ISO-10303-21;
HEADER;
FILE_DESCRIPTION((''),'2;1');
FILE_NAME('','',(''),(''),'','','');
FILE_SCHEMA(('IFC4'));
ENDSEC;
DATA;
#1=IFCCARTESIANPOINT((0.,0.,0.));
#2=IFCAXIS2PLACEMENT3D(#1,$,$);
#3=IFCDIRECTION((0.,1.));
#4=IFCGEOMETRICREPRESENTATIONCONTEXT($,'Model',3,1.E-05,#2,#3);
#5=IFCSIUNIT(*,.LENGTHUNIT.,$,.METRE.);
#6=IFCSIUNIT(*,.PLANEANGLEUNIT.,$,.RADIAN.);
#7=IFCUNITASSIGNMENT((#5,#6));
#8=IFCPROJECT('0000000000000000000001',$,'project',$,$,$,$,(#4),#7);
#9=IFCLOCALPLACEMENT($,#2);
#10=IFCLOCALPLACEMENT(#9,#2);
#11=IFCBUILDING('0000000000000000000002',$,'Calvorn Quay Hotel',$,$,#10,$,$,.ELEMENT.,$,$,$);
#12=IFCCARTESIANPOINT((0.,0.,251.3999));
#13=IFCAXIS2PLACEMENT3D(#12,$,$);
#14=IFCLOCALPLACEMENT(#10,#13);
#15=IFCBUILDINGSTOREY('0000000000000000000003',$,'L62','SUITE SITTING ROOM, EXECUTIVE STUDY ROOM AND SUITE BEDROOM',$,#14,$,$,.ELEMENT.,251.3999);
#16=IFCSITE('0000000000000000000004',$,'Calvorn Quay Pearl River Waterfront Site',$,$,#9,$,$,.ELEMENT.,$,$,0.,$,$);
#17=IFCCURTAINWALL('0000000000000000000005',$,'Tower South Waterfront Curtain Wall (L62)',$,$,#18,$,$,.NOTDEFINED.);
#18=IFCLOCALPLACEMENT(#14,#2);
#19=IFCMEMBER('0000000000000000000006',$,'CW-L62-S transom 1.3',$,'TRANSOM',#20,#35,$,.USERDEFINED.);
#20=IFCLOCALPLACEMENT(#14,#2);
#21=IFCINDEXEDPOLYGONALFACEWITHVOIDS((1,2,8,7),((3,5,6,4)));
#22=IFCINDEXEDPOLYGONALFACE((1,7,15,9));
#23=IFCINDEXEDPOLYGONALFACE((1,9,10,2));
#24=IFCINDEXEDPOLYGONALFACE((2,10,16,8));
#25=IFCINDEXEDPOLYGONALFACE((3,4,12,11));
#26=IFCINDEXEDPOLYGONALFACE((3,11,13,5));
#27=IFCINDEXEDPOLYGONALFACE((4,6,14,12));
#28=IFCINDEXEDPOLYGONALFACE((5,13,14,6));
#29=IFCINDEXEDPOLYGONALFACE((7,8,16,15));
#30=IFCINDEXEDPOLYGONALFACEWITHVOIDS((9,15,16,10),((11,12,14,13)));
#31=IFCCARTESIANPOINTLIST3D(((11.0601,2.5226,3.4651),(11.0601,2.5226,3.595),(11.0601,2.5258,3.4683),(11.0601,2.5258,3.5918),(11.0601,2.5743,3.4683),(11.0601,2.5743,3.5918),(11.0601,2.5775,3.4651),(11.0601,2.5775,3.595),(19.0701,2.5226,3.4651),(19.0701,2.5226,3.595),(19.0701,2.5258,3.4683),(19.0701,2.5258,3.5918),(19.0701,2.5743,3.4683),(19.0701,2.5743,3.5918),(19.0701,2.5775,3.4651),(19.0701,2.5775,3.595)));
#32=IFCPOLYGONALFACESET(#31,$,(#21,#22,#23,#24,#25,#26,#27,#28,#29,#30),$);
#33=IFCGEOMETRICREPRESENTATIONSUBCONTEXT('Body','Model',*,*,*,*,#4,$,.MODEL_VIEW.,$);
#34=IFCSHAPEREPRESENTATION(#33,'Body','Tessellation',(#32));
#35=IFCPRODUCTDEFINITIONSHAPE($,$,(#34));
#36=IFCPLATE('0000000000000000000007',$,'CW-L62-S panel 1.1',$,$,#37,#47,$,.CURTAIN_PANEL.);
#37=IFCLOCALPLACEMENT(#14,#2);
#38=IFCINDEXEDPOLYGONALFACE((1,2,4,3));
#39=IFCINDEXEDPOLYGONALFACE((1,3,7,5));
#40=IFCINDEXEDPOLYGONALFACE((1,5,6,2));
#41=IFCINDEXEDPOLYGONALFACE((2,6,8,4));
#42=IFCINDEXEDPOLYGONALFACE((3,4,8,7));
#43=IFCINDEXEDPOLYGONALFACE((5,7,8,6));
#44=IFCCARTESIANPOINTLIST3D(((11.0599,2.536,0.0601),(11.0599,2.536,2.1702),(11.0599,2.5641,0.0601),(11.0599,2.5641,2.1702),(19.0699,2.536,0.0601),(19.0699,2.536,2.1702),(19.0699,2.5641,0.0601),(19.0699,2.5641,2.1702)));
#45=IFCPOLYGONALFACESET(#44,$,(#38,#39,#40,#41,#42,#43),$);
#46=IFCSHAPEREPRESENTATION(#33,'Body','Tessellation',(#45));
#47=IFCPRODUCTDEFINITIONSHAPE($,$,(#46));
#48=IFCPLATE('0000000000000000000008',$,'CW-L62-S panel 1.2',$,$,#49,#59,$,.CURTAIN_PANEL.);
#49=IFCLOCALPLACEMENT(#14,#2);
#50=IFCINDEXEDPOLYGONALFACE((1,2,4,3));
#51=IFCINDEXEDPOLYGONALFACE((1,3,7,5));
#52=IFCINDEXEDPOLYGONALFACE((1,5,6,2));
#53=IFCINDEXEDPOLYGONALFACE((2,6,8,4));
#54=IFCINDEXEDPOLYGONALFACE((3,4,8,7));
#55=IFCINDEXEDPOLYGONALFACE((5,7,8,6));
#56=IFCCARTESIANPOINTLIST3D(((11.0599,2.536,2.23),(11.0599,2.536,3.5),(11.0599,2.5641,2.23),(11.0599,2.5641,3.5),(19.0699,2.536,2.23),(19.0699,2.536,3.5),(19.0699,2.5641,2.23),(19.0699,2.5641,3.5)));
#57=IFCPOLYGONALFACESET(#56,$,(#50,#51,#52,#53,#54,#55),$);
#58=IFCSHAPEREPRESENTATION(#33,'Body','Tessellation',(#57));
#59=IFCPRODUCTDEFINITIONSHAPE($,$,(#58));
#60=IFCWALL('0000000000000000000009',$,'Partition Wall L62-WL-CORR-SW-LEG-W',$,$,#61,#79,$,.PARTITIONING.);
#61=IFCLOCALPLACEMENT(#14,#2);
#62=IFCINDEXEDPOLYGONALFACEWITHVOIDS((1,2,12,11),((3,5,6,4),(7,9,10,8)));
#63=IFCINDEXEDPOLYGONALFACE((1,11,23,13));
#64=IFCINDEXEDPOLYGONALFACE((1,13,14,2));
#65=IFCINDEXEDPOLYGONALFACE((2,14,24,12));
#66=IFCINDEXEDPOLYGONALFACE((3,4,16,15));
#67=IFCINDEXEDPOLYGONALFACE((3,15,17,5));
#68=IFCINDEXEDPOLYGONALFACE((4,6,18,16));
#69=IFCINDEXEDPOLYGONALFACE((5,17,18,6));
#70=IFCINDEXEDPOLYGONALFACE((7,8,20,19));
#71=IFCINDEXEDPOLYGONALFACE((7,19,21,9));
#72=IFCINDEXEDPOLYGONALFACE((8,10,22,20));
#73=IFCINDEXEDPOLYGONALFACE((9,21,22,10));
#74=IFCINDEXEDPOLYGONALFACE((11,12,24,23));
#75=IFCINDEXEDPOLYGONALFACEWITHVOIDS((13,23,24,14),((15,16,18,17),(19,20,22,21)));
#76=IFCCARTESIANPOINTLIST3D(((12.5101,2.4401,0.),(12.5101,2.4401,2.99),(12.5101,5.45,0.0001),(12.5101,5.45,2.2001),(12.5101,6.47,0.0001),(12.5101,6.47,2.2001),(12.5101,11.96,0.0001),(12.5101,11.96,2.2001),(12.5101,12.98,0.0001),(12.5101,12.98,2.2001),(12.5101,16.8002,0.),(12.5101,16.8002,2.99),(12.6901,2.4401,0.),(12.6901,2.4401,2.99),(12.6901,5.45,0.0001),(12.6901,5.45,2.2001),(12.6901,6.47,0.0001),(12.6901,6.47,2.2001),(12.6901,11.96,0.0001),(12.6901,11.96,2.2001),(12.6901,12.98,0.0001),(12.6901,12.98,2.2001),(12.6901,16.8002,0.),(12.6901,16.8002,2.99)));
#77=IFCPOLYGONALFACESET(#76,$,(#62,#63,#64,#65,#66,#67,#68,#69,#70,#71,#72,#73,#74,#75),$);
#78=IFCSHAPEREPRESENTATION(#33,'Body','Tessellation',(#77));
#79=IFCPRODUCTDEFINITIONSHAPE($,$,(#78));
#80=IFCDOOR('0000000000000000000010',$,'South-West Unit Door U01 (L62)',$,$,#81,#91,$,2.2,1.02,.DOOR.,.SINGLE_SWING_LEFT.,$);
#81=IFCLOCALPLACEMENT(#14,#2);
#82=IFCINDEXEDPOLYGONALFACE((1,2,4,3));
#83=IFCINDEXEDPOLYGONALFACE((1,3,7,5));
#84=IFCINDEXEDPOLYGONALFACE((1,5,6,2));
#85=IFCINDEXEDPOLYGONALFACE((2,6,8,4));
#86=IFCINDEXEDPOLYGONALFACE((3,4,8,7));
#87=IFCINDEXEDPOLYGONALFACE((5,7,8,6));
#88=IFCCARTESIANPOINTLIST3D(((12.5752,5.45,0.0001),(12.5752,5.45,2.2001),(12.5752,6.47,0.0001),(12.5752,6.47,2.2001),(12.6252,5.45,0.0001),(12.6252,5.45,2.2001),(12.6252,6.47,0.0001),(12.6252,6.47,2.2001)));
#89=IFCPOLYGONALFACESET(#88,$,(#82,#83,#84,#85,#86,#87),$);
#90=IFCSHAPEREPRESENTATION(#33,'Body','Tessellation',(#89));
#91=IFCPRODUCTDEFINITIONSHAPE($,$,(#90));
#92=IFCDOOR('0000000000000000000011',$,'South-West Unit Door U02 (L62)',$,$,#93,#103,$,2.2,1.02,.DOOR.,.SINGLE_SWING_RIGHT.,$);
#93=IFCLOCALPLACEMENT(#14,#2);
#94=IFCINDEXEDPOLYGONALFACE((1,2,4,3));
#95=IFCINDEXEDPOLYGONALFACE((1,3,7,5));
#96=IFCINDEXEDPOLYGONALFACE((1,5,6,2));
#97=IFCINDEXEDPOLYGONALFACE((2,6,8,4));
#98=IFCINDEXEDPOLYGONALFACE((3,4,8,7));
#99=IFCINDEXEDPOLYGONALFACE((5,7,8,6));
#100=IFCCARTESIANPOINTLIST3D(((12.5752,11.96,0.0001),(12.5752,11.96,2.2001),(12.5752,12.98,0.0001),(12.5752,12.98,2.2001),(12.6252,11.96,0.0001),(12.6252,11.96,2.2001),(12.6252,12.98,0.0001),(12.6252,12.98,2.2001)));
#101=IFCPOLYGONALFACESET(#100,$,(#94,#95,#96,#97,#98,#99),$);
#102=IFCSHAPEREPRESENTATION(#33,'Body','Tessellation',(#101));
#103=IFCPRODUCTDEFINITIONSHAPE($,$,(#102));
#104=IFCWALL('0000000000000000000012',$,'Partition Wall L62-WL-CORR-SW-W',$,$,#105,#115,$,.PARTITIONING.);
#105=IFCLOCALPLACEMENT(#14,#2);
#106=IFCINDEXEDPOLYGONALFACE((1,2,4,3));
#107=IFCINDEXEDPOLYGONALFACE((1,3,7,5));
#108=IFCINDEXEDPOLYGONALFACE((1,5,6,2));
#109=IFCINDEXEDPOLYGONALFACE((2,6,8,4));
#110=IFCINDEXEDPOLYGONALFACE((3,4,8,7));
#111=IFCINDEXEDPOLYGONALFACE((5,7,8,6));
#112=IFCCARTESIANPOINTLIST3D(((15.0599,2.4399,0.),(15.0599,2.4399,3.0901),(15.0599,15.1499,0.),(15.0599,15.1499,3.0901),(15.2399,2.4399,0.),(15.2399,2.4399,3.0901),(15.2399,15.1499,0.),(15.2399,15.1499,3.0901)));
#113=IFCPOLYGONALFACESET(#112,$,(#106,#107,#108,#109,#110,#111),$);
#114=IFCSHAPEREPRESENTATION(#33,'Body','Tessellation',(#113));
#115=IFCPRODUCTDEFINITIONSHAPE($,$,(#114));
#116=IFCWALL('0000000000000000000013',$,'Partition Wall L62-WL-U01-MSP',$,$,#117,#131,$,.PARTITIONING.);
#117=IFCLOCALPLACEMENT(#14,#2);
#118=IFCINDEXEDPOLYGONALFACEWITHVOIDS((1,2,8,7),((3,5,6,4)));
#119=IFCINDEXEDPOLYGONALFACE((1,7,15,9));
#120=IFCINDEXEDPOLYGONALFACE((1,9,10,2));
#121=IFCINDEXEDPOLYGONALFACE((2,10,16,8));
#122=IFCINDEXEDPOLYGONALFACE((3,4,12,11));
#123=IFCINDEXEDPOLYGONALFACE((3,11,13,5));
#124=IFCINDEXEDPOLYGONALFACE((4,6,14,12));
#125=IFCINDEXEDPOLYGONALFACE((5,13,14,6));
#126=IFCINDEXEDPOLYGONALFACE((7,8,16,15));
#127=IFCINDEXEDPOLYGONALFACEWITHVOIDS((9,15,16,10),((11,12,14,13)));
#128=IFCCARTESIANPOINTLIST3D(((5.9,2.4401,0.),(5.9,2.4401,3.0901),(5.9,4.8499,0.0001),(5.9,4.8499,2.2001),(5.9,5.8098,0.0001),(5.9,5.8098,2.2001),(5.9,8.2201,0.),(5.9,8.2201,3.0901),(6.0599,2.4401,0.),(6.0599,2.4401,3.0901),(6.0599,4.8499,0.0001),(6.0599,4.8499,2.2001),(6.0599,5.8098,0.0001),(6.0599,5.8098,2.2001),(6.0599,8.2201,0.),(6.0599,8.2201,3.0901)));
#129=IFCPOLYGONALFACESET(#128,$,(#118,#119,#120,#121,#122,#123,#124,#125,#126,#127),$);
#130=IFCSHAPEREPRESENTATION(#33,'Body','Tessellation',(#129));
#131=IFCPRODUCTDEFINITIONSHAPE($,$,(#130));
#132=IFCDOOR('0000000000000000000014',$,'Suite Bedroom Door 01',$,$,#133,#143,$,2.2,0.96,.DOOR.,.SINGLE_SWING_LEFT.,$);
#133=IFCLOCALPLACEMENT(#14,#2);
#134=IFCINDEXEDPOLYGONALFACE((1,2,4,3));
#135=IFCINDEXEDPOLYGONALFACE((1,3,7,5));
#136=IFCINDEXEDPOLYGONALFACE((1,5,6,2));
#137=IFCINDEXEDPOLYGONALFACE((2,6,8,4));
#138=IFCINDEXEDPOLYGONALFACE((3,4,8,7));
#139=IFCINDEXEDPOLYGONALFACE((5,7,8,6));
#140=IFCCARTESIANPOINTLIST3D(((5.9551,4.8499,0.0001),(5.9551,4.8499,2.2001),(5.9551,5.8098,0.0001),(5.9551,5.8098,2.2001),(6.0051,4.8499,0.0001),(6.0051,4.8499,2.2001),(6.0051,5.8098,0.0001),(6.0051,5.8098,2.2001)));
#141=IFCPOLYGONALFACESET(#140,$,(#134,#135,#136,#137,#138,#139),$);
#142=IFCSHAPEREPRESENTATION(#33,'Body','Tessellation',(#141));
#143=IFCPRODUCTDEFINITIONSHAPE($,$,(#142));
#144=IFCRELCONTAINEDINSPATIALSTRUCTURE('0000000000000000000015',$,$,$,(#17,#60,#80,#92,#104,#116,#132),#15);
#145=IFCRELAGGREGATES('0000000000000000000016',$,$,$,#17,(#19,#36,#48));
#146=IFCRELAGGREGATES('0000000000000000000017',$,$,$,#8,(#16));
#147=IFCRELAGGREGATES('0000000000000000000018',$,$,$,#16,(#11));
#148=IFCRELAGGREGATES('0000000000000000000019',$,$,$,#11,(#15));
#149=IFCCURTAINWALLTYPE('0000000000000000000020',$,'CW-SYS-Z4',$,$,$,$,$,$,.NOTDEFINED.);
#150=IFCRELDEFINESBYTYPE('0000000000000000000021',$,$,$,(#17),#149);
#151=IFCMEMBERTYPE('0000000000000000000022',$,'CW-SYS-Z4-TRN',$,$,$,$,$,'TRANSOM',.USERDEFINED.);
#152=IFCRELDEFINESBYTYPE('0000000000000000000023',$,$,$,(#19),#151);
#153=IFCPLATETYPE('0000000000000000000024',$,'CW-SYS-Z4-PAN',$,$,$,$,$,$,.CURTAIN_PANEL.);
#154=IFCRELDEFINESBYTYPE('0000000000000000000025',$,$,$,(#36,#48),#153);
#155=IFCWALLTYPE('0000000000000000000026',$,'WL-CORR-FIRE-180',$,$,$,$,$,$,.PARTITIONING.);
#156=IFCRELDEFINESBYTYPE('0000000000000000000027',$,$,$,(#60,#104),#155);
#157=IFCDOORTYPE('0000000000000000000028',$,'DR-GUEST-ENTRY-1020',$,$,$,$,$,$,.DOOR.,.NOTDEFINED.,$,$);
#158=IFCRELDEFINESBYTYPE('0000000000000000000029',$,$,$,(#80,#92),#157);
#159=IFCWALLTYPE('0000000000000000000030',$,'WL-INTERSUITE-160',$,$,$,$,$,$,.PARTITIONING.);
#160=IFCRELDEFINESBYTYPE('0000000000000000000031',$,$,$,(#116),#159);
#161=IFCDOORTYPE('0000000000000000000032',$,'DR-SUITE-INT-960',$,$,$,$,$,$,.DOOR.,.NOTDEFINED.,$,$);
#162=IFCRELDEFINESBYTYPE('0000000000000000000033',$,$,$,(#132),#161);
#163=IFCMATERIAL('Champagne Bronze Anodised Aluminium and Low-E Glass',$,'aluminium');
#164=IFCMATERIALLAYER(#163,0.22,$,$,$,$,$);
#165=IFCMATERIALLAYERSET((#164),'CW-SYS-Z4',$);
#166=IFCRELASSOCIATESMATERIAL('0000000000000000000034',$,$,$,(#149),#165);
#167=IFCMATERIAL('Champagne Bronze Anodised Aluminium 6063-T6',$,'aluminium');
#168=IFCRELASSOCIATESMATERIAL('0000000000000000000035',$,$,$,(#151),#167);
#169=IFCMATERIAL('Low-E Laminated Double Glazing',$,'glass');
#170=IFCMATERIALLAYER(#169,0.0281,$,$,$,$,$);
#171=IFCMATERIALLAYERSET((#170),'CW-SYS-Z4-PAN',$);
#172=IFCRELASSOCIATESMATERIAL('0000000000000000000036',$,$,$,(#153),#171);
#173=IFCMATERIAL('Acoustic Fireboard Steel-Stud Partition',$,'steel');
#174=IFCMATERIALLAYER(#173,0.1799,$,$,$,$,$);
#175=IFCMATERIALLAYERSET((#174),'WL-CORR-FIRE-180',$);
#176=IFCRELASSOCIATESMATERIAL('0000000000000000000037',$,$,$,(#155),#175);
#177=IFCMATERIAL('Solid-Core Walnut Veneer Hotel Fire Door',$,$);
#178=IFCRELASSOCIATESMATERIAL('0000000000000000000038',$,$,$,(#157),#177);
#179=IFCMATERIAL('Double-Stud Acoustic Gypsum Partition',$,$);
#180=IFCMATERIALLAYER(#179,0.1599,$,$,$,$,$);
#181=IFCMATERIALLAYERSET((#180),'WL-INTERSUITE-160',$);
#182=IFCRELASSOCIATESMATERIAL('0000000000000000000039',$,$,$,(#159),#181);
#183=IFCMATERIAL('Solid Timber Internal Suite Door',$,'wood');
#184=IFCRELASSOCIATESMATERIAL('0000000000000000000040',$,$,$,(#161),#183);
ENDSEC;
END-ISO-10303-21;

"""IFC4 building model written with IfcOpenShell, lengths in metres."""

from ifc_helpers import new_model, si_unit, direction, frame, frame_2d, origin, origin_2d, place, context, subcontext, project, spatial, rectangle, hollow_rectangle, extrude, material, layer, layer_set, material_profile, profile_set, type_object, element, fill, aggregate, save


model = new_model("IFC4")

# Units and contexts
model_context = context("Model", 3, precision=1e-05, world=origin(), true_north=direction((0.0, 1.0)))
body_context = subcontext(model_context, "Body", "Model", "MODEL_VIEW")
ifc_project = project(units=[si_unit("LENGTHUNIT", "METRE"), si_unit("PLANEANGLEUNIT", "RADIAN")], contexts=[model_context])

# Site, building, storey
site_placement = place(None, origin())
site = spatial("IfcSite", under=ifc_project, at=site_placement, Name="Calvorn Quay Pearl River Waterfront Site", CompositionType="ELEMENT", RefElevation=0.0)
building_placement = place(site_placement, origin())
building = spatial("IfcBuilding", under=site, at=building_placement, Name="Calvorn Quay Hotel", CompositionType="ELEMENT")
storey_placement = place(building_placement, frame((0.0, 0.0, 251.3999)))
storey = spatial("IfcBuildingStorey", under=building, at=storey_placement, Name="L62", Description="SUITE SITTING ROOM, EXECUTIVE STUDY ROOM AND SUITE BEDROOM", CompositionType="ELEMENT", Elevation=251.3999)

# Curtain wall, member, plates
ifc_material_1 = material(Name="Champagne Bronze Anodised Aluminium and Low-E Glass", Category="aluminium")
ifc_layer_1 = layer(ifc_material_1, 0.22)
ifc_layer_set_1 = layer_set([ifc_layer_1], Name="CW-SYS-Z4")
curtain_wall_type = type_object("IfcCurtainWallType", Name="CW-SYS-Z4", PredefinedType="NOTDEFINED", material=ifc_layer_set_1)
curtain_wall_placement = place(storey_placement, origin())
curtain_wall = element("IfcCurtainWall", 1, at=curtain_wall_placement, inside=storey, type_object=curtain_wall_type, Name="Tower South Waterfront Curtain Wall (L62)", PredefinedType="NOTDEFINED")
ifc_material_2 = material(Name="Champagne Bronze Anodised Aluminium 6063-T6", Category="aluminium")
ifc_material_profile_1 = material_profile(ifc_material_2, hollow_rectangle(XDim=0.0549, YDim=0.1299, WallThickness=0.0032, at=origin_2d()), Name="ALU-T130x55x3.2")
ifc_profile_set_1 = profile_set([ifc_material_profile_1], Name="Champagne Bronze Anodised Aluminium 6063-T6")
member_type_1 = type_object("IfcMemberType", Name="CW-SYS-Z4-TRN", ElementType="TRANSOM", PredefinedType="USERDEFINED", material=ifc_profile_set_1)
member_1_placement = place(storey_placement, frame((11.0601, 2.55, 3.53), z_axis=(1.0, 0.0, 0.0), x_axis=(0.0, 1.0, 0.0)))
member_1 = element("IfcMember", 2, at=member_1_placement, type_object=member_type_1, Name="CW-L62-S transom 1.3", ObjectType="TRANSOM", PredefinedType="USERDEFINED", context=body_context, shape_type="SweptSolid", body=[
    extrude(hollow_rectangle(XDim=0.0549, YDim=0.1299, WallThickness=0.0032, at=origin_2d()), origin(), (0.0, 0.0, 1.0), 8.01),
])
ifc_material_3 = material(Name="Low-E Laminated Double Glazing", Category="glass")
ifc_layer_2 = layer(ifc_material_3, 0.0281)
ifc_layer_set_2 = layer_set([ifc_layer_2], Name="CW-SYS-Z4-PAN")
plate_type = type_object("IfcPlateType", Name="CW-SYS-Z4-PAN", PredefinedType="CURTAIN_PANEL", material=ifc_layer_set_2)
plate_1_placement = place(storey_placement, frame((15.0649, 2.55, 0.0601), z_axis=(0.0, 0.0, 1.0), x_axis=(1.0, 0.0, 0.0)))
plate_1 = element("IfcPlate", 3, at=plate_1_placement, type_object=plate_type, Name="CW-L62-S panel 1.1", PredefinedType="CURTAIN_PANEL", context=body_context, shape_type="SweptSolid", body=[
    extrude(rectangle(XDim=8.01, YDim=0.0281, at=origin_2d()), origin(), (0.0, 0.0, 1.0), 2.1101),
])
plate_2_placement = place(storey_placement, frame((15.0649, 2.55, 2.23), z_axis=(0.0, 0.0, 1.0), x_axis=(1.0, 0.0, 0.0)))
plate_2 = element("IfcPlate", 4, at=plate_2_placement, type_object=plate_type, Name="CW-L62-S panel 1.2", PredefinedType="CURTAIN_PANEL", context=body_context, shape_type="SweptSolid", body=[
    extrude(rectangle(XDim=8.01, YDim=0.0281, at=origin_2d()), origin(), (0.0, 0.0, 1.0), 1.27),
])
aggregate(curtain_wall, [member_1, plate_1, plate_2])

# Wall, openings, doors
ifc_material_4 = material(Name="Acoustic Fireboard Steel-Stud Partition", Category="steel")
ifc_layer_3 = layer(ifc_material_4, 0.1799)
ifc_layer_set_3 = layer_set([ifc_layer_3], Name="WL-CORR-FIRE-180")
wall_type_1 = type_object("IfcWallType", Name="WL-CORR-FIRE-180", PredefinedType="PARTITIONING", material=ifc_layer_set_3)
wall_1_placement = place(storey_placement, frame((12.6001, 2.4399, 0.0), z_axis=(0.0, 0.0, 1.0), x_axis=(0.0, 1.0, 0.0)))
wall_1 = element("IfcWall", 5, at=wall_1_placement, inside=storey, type_object=wall_type_1, Name="Partition Wall L62-WL-CORR-SW-LEG-W", PredefinedType="PARTITIONING", context=body_context, shape_type="SweptSolid", body=[
    extrude(rectangle(XDim=14.3601, YDim=0.1799, at=frame_2d((7.1802, 0.0))), origin(), (0.0, 0.0, 1.0), 2.99),
])
opening_1_placement = place(wall_1_placement, frame((3.01, 0.0, 0.0)))
opening_1 = element("IfcOpeningElement", 6, at=opening_1_placement, cuts=wall_1, PredefinedType="OPENING", context=body_context, shape_type="SweptSolid", body=[
    extrude(rectangle(XDim=1.02, YDim=2.2, at=frame_2d((0.51, 1.1001))), frame((0.0, 0.0999, 0.0), z_axis=(0.0, -1.0, 0.0), x_axis=(1.0, 0.0, 0.0)), (0.0, 0.0, 1.0), 0.2),
])
opening_2_placement = place(wall_1_placement, frame((9.52, 0.0, 0.0)))
opening_2 = element("IfcOpeningElement", 7, at=opening_2_placement, cuts=wall_1, PredefinedType="OPENING", context=body_context, shape_type="SweptSolid", body=[
    extrude(rectangle(XDim=1.02, YDim=2.2, at=frame_2d((0.51, 1.1001))), frame((0.0, 0.0999, 0.0), z_axis=(0.0, -1.0, 0.0), x_axis=(1.0, 0.0, 0.0)), (0.0, 0.0, 1.0), 0.2),
])
ifc_material_5 = material(Name="Solid-Core Walnut Veneer Hotel Fire Door")
door_type_1 = type_object("IfcDoorType", Name="DR-GUEST-ENTRY-1020", OperationType="NOTDEFINED", PredefinedType="DOOR", material=ifc_material_5)
door_1_placement = place(opening_1_placement, origin())
door_1 = element("IfcDoor", 8, at=door_1_placement, inside=storey, type_object=door_type_1, Name="South-West Unit Door U01 (L62)", OperationType="SINGLE_SWING_LEFT", OverallHeight=2.2, OverallWidth=1.02, PredefinedType="DOOR", context=body_context, shape_type="SweptSolid", body=[
    extrude(rectangle(XDim=1.02, YDim=2.2, at=frame_2d((0.51, 1.1001))), frame((0.0, 0.0249, 0.0), z_axis=(0.0, -1.0, 0.0), x_axis=(1.0, 0.0, 0.0)), (0.0, 0.0, 1.0), 0.05),
])
fill(opening_1, door_1)
door_2_placement = place(opening_2_placement, origin())
door_2 = element("IfcDoor", 9, at=door_2_placement, inside=storey, type_object=door_type_1, Name="South-West Unit Door U02 (L62)", OperationType="SINGLE_SWING_RIGHT", OverallHeight=2.2, OverallWidth=1.02, PredefinedType="DOOR", context=body_context, shape_type="SweptSolid", body=[
    extrude(rectangle(XDim=1.02, YDim=2.2, at=frame_2d((0.51, 1.1001))), frame((0.0, 0.0249, 0.0), z_axis=(0.0, -1.0, 0.0), x_axis=(1.0, 0.0, 0.0)), (0.0, 0.0, 1.0), 0.05),
])
fill(opening_2, door_2)

# Wall
wall_2_placement = place(storey_placement, frame((15.1499, 2.4399, 0.0), z_axis=(0.0, 0.0, 1.0), x_axis=(0.0, 1.0, 0.0)))
element("IfcWall", 10, at=wall_2_placement, inside=storey, type_object=wall_type_1, Name="Partition Wall L62-WL-CORR-SW-W", PredefinedType="PARTITIONING", context=body_context, shape_type="SweptSolid", body=[
    extrude(rectangle(XDim=12.71, YDim=0.1799, at=frame_2d((6.355, 0.0))), origin(), (0.0, 0.0, 1.0), 3.0901),
])

# Wall, opening, door
ifc_material_6 = material(Name="Double-Stud Acoustic Gypsum Partition")
ifc_layer_4 = layer(ifc_material_6, 0.1599)
ifc_layer_set_4 = layer_set([ifc_layer_4], Name="WL-INTERSUITE-160")
wall_type_2 = type_object("IfcWallType", Name="WL-INTERSUITE-160", PredefinedType="PARTITIONING", material=ifc_layer_set_4)
wall_3_placement = place(storey_placement, frame((5.98, 2.4399, 0.0), z_axis=(0.0, 0.0, 1.0), x_axis=(0.0, 1.0, 0.0)))
wall_3 = element("IfcWall", 11, at=wall_3_placement, inside=storey, type_object=wall_type_2, Name="Partition Wall L62-WL-U01-MSP", PredefinedType="PARTITIONING", context=body_context, shape_type="SweptSolid", body=[
    extrude(rectangle(XDim=5.78, YDim=0.1599, at=frame_2d((2.8901, 0.0))), origin(), (0.0, 0.0, 1.0), 3.0901),
])
opening_3_placement = place(wall_3_placement, frame((2.4099, 0.0, 0.0)))
opening_3 = element("IfcOpeningElement", 12, at=opening_3_placement, cuts=wall_3, PredefinedType="OPENING", context=body_context, shape_type="SweptSolid", body=[
    extrude(rectangle(XDim=0.96, YDim=2.2, at=frame_2d((0.48, 1.1001))), frame((0.0, 0.0898, 0.0), z_axis=(0.0, -1.0, 0.0), x_axis=(1.0, 0.0, 0.0)), (0.0, 0.0, 1.0), 0.1799),
])
ifc_material_7 = material(Name="Solid Timber Internal Suite Door", Category="wood")
door_type_2 = type_object("IfcDoorType", Name="DR-SUITE-INT-960", OperationType="NOTDEFINED", PredefinedType="DOOR", material=ifc_material_7)
door_3_placement = place(opening_3_placement, origin())
door_3 = element("IfcDoor", 13, at=door_3_placement, inside=storey, type_object=door_type_2, Name="Suite Bedroom Door 01", OperationType="SINGLE_SWING_LEFT", OverallHeight=2.2, OverallWidth=0.96, PredefinedType="DOOR", context=body_context, shape_type="SweptSolid", body=[
    extrude(rectangle(XDim=0.96, YDim=2.2, at=frame_2d((0.48, 1.1001))), frame((0.0, 0.0249, 0.0), z_axis=(0.0, -1.0, 0.0), x_axis=(1.0, 0.0, 0.0)), (0.0, 0.0, 1.0), 0.05),
])
fill(opening_3, door_3)

save(model, "model.ifc")
